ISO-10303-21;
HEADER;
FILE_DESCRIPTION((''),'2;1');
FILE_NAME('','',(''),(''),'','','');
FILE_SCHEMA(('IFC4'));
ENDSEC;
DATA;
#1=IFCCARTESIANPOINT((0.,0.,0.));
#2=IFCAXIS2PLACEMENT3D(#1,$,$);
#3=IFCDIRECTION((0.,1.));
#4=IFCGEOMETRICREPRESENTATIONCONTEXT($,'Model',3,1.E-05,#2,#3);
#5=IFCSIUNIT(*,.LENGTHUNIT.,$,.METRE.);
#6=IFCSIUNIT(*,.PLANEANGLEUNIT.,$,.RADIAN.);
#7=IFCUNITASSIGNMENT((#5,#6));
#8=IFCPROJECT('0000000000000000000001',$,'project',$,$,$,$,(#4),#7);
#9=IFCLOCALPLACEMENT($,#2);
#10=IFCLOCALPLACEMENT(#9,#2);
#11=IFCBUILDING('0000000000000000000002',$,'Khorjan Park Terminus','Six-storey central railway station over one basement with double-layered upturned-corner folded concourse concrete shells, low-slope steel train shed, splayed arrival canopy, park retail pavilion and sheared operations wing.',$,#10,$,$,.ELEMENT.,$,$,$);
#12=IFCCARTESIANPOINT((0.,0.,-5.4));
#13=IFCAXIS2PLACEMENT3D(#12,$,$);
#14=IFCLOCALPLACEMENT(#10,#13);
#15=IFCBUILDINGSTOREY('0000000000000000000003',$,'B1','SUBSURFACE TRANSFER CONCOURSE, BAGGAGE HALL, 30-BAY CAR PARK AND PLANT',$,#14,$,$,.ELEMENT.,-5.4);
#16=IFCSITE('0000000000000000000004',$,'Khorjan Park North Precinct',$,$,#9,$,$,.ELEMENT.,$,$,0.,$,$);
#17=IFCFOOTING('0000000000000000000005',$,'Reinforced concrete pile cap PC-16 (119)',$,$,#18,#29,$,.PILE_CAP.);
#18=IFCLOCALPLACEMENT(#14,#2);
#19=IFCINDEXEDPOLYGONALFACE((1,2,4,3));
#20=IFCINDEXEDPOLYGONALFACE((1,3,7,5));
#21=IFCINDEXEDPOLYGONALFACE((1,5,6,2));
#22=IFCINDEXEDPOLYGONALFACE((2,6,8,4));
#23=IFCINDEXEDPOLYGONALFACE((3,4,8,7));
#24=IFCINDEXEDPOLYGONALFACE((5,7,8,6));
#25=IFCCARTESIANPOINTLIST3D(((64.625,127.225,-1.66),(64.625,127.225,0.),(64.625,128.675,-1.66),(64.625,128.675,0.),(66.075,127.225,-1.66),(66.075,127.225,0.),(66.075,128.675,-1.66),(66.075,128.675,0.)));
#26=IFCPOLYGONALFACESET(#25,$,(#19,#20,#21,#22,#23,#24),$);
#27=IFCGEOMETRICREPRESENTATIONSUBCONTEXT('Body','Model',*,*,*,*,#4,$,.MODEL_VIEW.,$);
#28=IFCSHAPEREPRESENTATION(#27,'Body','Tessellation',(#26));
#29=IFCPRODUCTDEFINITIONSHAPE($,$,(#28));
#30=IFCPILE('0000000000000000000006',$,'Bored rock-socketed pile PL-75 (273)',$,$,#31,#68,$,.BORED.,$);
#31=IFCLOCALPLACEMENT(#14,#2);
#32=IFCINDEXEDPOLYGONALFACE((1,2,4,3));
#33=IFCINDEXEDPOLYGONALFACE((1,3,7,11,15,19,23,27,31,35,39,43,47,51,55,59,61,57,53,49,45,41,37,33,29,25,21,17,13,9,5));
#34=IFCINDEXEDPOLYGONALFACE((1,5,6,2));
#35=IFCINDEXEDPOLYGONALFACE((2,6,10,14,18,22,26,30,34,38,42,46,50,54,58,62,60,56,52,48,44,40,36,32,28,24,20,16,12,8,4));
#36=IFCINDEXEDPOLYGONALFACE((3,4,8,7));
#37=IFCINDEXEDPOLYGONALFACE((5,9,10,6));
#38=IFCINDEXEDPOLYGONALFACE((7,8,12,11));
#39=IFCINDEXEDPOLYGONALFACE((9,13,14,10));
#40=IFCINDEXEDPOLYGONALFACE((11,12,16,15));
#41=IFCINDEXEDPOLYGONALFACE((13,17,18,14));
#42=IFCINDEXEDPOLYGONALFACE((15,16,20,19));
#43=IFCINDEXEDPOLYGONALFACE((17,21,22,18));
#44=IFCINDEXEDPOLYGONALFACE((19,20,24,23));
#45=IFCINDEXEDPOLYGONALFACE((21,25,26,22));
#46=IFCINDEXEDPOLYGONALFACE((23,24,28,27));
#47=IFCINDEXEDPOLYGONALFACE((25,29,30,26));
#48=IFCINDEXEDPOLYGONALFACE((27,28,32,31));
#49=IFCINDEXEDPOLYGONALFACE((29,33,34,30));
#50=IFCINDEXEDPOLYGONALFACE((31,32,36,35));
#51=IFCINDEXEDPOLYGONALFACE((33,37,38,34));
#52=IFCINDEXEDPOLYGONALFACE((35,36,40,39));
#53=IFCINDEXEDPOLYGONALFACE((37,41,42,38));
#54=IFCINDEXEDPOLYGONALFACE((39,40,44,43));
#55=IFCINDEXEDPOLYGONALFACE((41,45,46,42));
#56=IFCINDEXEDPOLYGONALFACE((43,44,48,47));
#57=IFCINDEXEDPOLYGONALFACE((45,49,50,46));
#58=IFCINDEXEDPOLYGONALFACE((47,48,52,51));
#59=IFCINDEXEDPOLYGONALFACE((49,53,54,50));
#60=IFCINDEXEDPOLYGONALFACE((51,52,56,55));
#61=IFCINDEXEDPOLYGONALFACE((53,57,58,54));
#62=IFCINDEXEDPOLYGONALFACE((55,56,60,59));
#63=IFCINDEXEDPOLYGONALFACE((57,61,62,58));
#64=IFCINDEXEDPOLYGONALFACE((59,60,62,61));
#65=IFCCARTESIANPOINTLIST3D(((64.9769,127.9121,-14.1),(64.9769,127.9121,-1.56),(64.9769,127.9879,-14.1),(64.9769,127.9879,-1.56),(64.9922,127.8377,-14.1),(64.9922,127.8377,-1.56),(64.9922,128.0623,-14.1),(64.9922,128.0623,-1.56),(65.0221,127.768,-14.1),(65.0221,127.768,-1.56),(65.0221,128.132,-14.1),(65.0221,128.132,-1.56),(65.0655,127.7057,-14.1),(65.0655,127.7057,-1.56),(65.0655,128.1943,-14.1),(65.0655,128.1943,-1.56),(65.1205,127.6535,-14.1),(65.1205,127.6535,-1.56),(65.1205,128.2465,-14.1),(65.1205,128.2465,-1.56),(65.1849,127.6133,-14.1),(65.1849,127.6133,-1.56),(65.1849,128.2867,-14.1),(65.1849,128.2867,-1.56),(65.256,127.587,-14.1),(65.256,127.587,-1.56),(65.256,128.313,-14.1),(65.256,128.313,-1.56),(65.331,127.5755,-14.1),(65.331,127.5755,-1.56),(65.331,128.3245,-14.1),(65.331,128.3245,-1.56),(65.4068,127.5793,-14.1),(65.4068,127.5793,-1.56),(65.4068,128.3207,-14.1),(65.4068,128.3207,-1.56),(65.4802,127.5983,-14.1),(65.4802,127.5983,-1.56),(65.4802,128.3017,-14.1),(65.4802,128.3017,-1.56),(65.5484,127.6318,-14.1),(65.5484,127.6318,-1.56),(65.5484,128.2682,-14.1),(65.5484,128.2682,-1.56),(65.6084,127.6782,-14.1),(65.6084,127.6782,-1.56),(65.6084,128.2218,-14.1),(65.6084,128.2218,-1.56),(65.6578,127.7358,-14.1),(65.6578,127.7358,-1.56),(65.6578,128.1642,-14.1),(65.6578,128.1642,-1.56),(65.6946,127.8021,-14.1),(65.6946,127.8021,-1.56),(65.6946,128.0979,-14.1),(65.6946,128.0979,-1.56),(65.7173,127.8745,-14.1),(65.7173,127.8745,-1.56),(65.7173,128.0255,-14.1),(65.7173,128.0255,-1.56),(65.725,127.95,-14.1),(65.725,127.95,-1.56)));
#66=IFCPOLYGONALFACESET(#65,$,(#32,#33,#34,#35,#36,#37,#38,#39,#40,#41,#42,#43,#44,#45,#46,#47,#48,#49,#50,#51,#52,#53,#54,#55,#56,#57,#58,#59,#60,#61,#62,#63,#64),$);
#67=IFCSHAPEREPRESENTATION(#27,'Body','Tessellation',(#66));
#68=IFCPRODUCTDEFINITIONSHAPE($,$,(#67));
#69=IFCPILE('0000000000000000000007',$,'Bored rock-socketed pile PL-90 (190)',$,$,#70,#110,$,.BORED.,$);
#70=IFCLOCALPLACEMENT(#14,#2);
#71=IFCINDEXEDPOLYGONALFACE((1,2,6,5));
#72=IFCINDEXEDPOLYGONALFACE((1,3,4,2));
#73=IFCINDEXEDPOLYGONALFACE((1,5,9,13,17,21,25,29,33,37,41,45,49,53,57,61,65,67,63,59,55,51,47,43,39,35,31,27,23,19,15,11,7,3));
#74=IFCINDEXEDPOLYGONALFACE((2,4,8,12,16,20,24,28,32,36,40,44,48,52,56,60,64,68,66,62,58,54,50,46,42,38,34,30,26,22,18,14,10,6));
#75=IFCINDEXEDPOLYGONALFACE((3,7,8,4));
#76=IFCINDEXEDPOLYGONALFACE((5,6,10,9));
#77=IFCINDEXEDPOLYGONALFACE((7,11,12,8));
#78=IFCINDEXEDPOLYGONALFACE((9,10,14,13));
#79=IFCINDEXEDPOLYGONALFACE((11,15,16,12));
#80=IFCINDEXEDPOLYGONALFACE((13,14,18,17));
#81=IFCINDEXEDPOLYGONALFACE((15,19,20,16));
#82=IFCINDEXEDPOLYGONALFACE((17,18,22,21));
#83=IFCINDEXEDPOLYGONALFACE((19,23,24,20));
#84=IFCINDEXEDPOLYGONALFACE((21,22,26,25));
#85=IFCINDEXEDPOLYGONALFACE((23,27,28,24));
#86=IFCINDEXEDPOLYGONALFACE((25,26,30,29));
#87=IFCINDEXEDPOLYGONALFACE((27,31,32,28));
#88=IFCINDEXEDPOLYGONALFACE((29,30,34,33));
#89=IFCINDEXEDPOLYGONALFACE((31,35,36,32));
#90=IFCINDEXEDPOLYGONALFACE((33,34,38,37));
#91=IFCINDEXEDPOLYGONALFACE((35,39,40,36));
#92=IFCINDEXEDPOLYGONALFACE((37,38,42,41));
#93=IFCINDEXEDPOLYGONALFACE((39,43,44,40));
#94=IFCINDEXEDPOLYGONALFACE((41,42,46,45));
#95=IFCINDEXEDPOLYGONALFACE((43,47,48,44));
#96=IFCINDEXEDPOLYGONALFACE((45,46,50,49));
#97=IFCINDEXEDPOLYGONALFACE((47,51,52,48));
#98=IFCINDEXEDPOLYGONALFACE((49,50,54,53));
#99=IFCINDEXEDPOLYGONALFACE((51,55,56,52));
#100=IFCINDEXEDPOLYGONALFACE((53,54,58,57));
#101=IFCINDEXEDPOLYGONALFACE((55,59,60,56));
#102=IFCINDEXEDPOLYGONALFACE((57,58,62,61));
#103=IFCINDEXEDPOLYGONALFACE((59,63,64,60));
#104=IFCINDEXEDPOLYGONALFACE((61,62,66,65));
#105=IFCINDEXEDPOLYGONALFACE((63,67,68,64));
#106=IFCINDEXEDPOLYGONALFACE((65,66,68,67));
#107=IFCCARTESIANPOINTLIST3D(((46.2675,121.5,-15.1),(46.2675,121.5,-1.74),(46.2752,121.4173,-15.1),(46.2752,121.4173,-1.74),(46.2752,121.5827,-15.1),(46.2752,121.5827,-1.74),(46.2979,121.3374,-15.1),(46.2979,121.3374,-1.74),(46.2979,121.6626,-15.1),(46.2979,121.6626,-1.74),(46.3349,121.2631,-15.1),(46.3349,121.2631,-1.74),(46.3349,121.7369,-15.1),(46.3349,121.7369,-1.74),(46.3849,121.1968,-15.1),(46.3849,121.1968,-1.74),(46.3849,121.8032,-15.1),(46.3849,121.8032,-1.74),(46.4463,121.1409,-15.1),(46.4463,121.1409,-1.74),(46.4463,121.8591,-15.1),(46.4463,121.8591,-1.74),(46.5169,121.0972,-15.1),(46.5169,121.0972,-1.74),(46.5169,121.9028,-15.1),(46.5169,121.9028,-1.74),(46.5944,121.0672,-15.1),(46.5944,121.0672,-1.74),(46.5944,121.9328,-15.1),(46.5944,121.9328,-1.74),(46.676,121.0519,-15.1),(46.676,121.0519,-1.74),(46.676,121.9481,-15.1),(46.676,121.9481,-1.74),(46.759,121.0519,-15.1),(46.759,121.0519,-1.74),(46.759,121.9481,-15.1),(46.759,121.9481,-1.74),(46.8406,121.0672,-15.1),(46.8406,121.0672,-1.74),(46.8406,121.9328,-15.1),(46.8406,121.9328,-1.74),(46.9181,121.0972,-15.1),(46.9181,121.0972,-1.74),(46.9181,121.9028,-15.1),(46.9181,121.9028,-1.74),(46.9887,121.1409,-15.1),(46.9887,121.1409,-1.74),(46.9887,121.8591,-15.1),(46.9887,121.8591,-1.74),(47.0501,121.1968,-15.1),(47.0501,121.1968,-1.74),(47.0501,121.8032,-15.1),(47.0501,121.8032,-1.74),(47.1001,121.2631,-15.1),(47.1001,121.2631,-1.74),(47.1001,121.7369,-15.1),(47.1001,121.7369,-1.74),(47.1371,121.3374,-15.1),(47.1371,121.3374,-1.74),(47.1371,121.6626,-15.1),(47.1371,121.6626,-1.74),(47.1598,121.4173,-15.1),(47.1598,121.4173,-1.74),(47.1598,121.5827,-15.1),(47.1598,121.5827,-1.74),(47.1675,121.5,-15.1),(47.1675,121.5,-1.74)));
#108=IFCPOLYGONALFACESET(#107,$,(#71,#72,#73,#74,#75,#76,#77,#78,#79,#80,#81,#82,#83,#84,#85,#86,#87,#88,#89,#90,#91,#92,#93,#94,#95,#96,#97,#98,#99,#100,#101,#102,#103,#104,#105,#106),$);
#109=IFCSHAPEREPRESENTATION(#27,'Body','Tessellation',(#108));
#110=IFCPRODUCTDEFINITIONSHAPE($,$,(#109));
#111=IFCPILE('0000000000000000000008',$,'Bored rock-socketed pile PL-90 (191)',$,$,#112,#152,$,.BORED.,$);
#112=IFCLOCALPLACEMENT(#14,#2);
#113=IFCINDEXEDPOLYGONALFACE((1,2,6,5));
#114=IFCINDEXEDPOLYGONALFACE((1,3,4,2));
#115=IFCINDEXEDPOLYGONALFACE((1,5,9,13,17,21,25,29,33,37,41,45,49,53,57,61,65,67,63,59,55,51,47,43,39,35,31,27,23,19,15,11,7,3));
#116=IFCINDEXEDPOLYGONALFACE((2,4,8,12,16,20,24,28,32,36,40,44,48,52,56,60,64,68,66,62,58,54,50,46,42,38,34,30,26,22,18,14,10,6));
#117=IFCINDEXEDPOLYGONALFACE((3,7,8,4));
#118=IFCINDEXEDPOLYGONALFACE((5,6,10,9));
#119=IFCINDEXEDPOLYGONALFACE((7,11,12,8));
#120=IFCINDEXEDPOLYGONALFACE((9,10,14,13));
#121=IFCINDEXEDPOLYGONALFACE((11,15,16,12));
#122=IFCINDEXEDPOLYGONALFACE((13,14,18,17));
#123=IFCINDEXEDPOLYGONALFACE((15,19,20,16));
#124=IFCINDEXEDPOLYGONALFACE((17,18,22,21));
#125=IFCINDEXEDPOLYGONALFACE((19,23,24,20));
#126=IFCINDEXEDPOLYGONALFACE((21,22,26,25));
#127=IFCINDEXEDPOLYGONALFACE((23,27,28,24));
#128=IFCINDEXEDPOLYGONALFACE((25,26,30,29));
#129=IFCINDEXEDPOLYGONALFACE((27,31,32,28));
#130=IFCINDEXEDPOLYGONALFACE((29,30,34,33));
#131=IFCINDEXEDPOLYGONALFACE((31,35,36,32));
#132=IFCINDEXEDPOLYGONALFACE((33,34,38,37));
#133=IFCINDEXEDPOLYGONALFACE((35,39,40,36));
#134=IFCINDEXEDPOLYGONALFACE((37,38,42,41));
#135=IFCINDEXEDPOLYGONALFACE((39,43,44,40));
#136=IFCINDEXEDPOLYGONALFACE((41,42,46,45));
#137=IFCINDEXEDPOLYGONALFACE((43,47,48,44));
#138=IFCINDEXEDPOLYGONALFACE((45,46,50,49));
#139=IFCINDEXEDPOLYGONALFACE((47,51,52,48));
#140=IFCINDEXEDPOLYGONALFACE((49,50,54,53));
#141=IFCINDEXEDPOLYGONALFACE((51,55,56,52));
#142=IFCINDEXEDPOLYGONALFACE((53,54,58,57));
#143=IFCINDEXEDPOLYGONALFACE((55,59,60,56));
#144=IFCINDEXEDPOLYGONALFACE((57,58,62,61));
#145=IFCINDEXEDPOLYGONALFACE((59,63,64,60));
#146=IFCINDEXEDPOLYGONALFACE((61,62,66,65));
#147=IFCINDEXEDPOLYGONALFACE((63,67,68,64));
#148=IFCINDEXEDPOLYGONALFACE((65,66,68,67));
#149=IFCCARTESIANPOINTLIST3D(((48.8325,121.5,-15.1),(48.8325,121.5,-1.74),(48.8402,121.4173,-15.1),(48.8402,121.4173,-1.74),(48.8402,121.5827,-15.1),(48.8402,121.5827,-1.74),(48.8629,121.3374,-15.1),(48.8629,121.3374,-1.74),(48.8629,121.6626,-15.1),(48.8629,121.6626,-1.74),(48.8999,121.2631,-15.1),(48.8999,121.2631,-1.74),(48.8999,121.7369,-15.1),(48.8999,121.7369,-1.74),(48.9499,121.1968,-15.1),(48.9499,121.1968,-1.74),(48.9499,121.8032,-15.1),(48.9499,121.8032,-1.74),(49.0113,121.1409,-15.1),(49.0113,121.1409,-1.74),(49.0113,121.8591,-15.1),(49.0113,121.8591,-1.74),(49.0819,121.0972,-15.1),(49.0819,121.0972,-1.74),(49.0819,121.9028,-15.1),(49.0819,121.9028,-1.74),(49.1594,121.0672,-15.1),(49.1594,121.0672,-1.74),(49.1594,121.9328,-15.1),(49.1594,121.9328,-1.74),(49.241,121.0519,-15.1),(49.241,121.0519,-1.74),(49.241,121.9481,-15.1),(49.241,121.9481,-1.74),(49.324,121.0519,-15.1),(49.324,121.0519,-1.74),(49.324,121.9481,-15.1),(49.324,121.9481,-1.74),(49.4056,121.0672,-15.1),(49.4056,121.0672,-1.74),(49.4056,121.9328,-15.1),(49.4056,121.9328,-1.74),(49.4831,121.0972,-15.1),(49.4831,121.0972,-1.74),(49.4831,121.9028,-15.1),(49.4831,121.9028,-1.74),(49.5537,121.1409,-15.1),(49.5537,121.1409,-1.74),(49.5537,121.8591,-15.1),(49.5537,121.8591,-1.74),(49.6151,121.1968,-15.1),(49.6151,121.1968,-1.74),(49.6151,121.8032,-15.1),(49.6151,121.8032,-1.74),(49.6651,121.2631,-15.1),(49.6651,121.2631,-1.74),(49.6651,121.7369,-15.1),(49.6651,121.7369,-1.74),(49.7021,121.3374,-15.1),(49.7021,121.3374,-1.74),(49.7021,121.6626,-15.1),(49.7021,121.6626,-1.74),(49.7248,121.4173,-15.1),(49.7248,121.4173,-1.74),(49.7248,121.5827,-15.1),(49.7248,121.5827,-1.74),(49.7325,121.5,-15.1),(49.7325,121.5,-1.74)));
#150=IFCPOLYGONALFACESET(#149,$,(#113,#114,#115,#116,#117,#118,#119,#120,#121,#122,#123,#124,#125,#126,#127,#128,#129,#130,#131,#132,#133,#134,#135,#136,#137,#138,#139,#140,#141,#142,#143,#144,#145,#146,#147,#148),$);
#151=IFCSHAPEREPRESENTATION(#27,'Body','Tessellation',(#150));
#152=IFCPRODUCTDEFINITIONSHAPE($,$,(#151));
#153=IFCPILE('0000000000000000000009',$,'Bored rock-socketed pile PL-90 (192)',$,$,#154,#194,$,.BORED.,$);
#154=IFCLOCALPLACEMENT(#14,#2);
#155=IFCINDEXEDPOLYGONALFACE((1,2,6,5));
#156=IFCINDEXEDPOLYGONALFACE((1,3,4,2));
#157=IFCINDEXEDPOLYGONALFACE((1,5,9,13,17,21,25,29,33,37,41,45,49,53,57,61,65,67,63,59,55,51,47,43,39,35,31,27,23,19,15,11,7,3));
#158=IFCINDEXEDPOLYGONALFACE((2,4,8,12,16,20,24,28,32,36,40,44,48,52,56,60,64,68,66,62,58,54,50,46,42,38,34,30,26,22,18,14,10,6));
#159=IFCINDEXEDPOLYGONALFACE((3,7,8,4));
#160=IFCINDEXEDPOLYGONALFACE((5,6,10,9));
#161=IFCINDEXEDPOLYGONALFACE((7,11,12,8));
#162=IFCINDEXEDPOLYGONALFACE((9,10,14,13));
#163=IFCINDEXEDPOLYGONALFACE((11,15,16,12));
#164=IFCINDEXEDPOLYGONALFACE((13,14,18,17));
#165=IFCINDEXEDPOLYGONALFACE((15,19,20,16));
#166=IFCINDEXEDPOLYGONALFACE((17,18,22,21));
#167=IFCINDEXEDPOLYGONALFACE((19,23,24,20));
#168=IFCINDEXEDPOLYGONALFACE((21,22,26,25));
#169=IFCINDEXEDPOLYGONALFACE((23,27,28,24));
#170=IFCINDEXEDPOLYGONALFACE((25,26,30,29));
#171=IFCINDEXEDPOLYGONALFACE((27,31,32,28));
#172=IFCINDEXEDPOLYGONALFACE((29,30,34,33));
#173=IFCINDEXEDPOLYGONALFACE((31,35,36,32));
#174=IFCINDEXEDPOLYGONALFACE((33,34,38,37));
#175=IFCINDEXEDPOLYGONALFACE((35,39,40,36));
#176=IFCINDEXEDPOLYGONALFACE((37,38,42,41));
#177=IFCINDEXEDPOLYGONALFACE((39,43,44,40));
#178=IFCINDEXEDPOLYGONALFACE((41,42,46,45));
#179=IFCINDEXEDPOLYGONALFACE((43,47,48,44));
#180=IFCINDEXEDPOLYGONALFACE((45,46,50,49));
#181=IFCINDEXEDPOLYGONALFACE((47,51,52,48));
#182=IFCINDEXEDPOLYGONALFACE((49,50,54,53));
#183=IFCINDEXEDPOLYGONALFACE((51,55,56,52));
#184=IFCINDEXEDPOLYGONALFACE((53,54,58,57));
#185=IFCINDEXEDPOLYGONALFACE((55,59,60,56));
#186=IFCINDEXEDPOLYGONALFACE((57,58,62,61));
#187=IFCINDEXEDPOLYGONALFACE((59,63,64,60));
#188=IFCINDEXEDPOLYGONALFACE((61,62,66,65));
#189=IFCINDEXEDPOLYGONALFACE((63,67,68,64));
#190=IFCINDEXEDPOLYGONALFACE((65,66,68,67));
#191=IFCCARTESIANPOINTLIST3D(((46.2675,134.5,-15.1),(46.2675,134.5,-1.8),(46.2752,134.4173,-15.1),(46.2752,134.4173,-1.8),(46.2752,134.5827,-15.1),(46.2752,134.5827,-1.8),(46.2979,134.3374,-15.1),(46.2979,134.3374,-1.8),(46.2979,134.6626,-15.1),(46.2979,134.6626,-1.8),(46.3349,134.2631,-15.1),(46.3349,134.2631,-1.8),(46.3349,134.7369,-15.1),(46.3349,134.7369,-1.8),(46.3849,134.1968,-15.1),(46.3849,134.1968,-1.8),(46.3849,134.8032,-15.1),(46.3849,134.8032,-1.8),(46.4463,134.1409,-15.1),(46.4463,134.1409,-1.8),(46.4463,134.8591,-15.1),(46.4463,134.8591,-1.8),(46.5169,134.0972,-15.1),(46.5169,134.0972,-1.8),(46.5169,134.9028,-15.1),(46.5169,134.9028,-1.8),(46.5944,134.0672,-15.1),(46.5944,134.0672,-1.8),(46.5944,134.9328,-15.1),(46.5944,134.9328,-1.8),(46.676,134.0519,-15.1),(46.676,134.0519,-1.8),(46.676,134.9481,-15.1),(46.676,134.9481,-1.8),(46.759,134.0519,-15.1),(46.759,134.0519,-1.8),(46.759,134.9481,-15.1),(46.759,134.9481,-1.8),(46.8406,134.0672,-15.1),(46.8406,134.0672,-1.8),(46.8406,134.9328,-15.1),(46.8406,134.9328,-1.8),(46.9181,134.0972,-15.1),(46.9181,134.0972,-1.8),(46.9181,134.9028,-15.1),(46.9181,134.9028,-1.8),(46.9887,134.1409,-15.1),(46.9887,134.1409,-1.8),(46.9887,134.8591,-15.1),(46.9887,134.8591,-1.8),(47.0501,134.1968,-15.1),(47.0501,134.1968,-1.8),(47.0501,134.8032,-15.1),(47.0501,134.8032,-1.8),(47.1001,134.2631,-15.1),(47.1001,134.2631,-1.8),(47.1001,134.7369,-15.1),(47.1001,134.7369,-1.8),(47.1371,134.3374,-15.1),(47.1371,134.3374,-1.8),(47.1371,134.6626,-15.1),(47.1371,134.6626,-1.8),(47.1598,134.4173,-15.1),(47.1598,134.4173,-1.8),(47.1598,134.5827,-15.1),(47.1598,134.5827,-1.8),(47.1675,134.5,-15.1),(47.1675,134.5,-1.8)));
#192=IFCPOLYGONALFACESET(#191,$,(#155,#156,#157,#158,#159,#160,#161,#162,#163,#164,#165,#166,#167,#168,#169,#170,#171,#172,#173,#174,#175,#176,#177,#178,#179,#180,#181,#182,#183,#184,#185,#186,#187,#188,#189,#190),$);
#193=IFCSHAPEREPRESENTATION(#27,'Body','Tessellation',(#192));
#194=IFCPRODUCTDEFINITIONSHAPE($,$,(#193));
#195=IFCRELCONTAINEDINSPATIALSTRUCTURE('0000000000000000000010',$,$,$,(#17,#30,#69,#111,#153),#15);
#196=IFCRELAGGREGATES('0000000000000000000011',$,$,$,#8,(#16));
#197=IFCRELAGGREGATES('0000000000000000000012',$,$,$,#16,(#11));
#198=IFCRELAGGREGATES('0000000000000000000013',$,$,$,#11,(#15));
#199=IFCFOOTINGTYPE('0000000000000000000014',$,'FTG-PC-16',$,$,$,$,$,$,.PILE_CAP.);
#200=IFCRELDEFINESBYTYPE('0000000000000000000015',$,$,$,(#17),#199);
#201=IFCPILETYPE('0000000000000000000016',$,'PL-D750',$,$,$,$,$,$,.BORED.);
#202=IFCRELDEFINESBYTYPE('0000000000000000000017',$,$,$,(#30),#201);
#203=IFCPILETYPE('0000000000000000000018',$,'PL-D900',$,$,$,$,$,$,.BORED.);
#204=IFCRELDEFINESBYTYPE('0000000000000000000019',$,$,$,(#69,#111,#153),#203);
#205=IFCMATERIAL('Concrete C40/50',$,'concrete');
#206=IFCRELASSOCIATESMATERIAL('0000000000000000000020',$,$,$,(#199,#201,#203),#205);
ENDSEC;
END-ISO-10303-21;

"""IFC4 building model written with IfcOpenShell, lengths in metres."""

from ifc_helpers import new_model, si_unit, direction, frame, origin, origin_2d, place, context, subcontext, project, spatial, rectangle, circle, extrude, material, material_profile, profile_set, type_object, element, save


model = new_model("IFC4")

# Units and contexts
model_context = context("Model", 3, precision=1e-05, world=origin(), true_north=direction((0.0, 1.0)))
body_context = subcontext(model_context, "Body", "Model", "MODEL_VIEW")
ifc_project = project(units=[si_unit("LENGTHUNIT", "METRE"), si_unit("PLANEANGLEUNIT", "RADIAN")], contexts=[model_context])

# Site, building, storey
site_placement = place(None, origin())
site = spatial("IfcSite", under=ifc_project, at=site_placement, Name="Khorjan Park North Precinct", CompositionType="ELEMENT", RefElevation=0.0)
building_placement = place(site_placement, origin())
building = spatial("IfcBuilding", under=site, at=building_placement, Name="Khorjan Park Terminus", Description="Six-storey central railway station over one basement with double-layered upturned-corner folded concourse concrete shells, low-slope steel train shed, splayed arrival canopy, park retail pavilion and sheared operations wing.", CompositionType="ELEMENT")
storey_placement = place(building_placement, frame((0.0, 0.0, -5.4)))
storey = spatial("IfcBuildingStorey", under=building, at=storey_placement, Name="B1", Description="SUBSURFACE TRANSFER CONCOURSE, BAGGAGE HALL, 30-BAY CAR PARK AND PLANT", CompositionType="ELEMENT", Elevation=-5.4)

# Footing
ifc_material_1 = material(Name="Concrete C40/50", Category="concrete")
footing_type_1 = type_object("IfcFootingType", Name="FTG-PC-16", PredefinedType="PILE_CAP", material=ifc_material_1)
footing_1_placement = place(storey_placement, frame((65.35, 127.95, -1.66), z_axis=(0.0, 0.0, 1.0), x_axis=(1.0, 0.0, 0.0)))
element("IfcFooting", 1, at=footing_1_placement, inside=storey, type_object=footing_type_1, Name="Reinforced concrete pile cap PC-16 (119)", PredefinedType="PILE_CAP", context=body_context, shape_type="SweptSolid", body=[
    extrude(rectangle(XDim=1.45, YDim=1.45, at=origin_2d()), origin(), (0.0, 0.0, 1.0), 1.66),
])

# Piles
ifc_material_profile_1 = material_profile(ifc_material_1, circle(Radius=0.375, at=origin_2d()), Name="BORED D750")
ifc_profile_set_1 = profile_set([ifc_material_profile_1], Name="Concrete C40/50")
pile_type_1 = type_object("IfcPileType", Name="PL-D750", PredefinedType="BORED", material=ifc_profile_set_1)
pile_placement = place(storey_placement, frame((65.35, 127.95, -1.56), z_axis=(0.0, 0.0, -1.0), x_axis=(1.0, 0.0, 0.0)))
element("IfcPile", 2, at=pile_placement, inside=storey, type_object=pile_type_1, Name="Bored rock-socketed pile PL-75 (273)", PredefinedType="BORED", context=body_context, shape_type="SweptSolid", body=[
    extrude(circle(Radius=0.375, at=origin_2d()), origin(), (0.0, 0.0, 1.0), 12.54),
])
ifc_material_profile_2 = material_profile(ifc_material_1, circle(Radius=0.45, at=origin_2d()), Name="BORED D900")
ifc_profile_set_2 = profile_set([ifc_material_profile_2], Name="Concrete C40/50")
pile_type_2 = type_object("IfcPileType", Name="PL-D900", PredefinedType="BORED", material=ifc_profile_set_2)
for number, where, z_axis, x_axis, name in (
    (3, (46.7175, 121.5, -1.74), (0.0, 0.0, -1.0), (1.0, 0.0, 0.0), "Bored rock-socketed pile PL-90 (190)"),
    (4, (49.2825, 121.5, -1.74), (0.0, 0.0, -1.0), (1.0, 0.0, 0.0), "Bored rock-socketed pile PL-90 (191)"),
):
    element("IfcPile", number, at=place(storey_placement, frame(where, z_axis=z_axis, x_axis=x_axis)), inside=storey, type_object=pile_type_2, Name=name, PredefinedType="BORED", context=body_context, shape_type="SweptSolid", body=[
        extrude(circle(Radius=0.45, at=origin_2d()), origin(), (0.0, 0.0, 1.0), 13.36),
    ])
for number, where, z_axis, x_axis, name in (
    (5, (46.7175, 134.5, -1.8), (0.0, 0.0, -1.0), (1.0, 0.0, 0.0), "Bored rock-socketed pile PL-90 (192)"),
):
    element("IfcPile", number, at=place(storey_placement, frame(where, z_axis=z_axis, x_axis=x_axis)), inside=storey, type_object=pile_type_2, Name=name, PredefinedType="BORED", context=body_context, shape_type="SweptSolid", body=[
        extrude(circle(Radius=0.45, at=origin_2d()), origin(), (0.0, 0.0, 1.0), 13.3),
    ])

save(model, "model.ifc")
